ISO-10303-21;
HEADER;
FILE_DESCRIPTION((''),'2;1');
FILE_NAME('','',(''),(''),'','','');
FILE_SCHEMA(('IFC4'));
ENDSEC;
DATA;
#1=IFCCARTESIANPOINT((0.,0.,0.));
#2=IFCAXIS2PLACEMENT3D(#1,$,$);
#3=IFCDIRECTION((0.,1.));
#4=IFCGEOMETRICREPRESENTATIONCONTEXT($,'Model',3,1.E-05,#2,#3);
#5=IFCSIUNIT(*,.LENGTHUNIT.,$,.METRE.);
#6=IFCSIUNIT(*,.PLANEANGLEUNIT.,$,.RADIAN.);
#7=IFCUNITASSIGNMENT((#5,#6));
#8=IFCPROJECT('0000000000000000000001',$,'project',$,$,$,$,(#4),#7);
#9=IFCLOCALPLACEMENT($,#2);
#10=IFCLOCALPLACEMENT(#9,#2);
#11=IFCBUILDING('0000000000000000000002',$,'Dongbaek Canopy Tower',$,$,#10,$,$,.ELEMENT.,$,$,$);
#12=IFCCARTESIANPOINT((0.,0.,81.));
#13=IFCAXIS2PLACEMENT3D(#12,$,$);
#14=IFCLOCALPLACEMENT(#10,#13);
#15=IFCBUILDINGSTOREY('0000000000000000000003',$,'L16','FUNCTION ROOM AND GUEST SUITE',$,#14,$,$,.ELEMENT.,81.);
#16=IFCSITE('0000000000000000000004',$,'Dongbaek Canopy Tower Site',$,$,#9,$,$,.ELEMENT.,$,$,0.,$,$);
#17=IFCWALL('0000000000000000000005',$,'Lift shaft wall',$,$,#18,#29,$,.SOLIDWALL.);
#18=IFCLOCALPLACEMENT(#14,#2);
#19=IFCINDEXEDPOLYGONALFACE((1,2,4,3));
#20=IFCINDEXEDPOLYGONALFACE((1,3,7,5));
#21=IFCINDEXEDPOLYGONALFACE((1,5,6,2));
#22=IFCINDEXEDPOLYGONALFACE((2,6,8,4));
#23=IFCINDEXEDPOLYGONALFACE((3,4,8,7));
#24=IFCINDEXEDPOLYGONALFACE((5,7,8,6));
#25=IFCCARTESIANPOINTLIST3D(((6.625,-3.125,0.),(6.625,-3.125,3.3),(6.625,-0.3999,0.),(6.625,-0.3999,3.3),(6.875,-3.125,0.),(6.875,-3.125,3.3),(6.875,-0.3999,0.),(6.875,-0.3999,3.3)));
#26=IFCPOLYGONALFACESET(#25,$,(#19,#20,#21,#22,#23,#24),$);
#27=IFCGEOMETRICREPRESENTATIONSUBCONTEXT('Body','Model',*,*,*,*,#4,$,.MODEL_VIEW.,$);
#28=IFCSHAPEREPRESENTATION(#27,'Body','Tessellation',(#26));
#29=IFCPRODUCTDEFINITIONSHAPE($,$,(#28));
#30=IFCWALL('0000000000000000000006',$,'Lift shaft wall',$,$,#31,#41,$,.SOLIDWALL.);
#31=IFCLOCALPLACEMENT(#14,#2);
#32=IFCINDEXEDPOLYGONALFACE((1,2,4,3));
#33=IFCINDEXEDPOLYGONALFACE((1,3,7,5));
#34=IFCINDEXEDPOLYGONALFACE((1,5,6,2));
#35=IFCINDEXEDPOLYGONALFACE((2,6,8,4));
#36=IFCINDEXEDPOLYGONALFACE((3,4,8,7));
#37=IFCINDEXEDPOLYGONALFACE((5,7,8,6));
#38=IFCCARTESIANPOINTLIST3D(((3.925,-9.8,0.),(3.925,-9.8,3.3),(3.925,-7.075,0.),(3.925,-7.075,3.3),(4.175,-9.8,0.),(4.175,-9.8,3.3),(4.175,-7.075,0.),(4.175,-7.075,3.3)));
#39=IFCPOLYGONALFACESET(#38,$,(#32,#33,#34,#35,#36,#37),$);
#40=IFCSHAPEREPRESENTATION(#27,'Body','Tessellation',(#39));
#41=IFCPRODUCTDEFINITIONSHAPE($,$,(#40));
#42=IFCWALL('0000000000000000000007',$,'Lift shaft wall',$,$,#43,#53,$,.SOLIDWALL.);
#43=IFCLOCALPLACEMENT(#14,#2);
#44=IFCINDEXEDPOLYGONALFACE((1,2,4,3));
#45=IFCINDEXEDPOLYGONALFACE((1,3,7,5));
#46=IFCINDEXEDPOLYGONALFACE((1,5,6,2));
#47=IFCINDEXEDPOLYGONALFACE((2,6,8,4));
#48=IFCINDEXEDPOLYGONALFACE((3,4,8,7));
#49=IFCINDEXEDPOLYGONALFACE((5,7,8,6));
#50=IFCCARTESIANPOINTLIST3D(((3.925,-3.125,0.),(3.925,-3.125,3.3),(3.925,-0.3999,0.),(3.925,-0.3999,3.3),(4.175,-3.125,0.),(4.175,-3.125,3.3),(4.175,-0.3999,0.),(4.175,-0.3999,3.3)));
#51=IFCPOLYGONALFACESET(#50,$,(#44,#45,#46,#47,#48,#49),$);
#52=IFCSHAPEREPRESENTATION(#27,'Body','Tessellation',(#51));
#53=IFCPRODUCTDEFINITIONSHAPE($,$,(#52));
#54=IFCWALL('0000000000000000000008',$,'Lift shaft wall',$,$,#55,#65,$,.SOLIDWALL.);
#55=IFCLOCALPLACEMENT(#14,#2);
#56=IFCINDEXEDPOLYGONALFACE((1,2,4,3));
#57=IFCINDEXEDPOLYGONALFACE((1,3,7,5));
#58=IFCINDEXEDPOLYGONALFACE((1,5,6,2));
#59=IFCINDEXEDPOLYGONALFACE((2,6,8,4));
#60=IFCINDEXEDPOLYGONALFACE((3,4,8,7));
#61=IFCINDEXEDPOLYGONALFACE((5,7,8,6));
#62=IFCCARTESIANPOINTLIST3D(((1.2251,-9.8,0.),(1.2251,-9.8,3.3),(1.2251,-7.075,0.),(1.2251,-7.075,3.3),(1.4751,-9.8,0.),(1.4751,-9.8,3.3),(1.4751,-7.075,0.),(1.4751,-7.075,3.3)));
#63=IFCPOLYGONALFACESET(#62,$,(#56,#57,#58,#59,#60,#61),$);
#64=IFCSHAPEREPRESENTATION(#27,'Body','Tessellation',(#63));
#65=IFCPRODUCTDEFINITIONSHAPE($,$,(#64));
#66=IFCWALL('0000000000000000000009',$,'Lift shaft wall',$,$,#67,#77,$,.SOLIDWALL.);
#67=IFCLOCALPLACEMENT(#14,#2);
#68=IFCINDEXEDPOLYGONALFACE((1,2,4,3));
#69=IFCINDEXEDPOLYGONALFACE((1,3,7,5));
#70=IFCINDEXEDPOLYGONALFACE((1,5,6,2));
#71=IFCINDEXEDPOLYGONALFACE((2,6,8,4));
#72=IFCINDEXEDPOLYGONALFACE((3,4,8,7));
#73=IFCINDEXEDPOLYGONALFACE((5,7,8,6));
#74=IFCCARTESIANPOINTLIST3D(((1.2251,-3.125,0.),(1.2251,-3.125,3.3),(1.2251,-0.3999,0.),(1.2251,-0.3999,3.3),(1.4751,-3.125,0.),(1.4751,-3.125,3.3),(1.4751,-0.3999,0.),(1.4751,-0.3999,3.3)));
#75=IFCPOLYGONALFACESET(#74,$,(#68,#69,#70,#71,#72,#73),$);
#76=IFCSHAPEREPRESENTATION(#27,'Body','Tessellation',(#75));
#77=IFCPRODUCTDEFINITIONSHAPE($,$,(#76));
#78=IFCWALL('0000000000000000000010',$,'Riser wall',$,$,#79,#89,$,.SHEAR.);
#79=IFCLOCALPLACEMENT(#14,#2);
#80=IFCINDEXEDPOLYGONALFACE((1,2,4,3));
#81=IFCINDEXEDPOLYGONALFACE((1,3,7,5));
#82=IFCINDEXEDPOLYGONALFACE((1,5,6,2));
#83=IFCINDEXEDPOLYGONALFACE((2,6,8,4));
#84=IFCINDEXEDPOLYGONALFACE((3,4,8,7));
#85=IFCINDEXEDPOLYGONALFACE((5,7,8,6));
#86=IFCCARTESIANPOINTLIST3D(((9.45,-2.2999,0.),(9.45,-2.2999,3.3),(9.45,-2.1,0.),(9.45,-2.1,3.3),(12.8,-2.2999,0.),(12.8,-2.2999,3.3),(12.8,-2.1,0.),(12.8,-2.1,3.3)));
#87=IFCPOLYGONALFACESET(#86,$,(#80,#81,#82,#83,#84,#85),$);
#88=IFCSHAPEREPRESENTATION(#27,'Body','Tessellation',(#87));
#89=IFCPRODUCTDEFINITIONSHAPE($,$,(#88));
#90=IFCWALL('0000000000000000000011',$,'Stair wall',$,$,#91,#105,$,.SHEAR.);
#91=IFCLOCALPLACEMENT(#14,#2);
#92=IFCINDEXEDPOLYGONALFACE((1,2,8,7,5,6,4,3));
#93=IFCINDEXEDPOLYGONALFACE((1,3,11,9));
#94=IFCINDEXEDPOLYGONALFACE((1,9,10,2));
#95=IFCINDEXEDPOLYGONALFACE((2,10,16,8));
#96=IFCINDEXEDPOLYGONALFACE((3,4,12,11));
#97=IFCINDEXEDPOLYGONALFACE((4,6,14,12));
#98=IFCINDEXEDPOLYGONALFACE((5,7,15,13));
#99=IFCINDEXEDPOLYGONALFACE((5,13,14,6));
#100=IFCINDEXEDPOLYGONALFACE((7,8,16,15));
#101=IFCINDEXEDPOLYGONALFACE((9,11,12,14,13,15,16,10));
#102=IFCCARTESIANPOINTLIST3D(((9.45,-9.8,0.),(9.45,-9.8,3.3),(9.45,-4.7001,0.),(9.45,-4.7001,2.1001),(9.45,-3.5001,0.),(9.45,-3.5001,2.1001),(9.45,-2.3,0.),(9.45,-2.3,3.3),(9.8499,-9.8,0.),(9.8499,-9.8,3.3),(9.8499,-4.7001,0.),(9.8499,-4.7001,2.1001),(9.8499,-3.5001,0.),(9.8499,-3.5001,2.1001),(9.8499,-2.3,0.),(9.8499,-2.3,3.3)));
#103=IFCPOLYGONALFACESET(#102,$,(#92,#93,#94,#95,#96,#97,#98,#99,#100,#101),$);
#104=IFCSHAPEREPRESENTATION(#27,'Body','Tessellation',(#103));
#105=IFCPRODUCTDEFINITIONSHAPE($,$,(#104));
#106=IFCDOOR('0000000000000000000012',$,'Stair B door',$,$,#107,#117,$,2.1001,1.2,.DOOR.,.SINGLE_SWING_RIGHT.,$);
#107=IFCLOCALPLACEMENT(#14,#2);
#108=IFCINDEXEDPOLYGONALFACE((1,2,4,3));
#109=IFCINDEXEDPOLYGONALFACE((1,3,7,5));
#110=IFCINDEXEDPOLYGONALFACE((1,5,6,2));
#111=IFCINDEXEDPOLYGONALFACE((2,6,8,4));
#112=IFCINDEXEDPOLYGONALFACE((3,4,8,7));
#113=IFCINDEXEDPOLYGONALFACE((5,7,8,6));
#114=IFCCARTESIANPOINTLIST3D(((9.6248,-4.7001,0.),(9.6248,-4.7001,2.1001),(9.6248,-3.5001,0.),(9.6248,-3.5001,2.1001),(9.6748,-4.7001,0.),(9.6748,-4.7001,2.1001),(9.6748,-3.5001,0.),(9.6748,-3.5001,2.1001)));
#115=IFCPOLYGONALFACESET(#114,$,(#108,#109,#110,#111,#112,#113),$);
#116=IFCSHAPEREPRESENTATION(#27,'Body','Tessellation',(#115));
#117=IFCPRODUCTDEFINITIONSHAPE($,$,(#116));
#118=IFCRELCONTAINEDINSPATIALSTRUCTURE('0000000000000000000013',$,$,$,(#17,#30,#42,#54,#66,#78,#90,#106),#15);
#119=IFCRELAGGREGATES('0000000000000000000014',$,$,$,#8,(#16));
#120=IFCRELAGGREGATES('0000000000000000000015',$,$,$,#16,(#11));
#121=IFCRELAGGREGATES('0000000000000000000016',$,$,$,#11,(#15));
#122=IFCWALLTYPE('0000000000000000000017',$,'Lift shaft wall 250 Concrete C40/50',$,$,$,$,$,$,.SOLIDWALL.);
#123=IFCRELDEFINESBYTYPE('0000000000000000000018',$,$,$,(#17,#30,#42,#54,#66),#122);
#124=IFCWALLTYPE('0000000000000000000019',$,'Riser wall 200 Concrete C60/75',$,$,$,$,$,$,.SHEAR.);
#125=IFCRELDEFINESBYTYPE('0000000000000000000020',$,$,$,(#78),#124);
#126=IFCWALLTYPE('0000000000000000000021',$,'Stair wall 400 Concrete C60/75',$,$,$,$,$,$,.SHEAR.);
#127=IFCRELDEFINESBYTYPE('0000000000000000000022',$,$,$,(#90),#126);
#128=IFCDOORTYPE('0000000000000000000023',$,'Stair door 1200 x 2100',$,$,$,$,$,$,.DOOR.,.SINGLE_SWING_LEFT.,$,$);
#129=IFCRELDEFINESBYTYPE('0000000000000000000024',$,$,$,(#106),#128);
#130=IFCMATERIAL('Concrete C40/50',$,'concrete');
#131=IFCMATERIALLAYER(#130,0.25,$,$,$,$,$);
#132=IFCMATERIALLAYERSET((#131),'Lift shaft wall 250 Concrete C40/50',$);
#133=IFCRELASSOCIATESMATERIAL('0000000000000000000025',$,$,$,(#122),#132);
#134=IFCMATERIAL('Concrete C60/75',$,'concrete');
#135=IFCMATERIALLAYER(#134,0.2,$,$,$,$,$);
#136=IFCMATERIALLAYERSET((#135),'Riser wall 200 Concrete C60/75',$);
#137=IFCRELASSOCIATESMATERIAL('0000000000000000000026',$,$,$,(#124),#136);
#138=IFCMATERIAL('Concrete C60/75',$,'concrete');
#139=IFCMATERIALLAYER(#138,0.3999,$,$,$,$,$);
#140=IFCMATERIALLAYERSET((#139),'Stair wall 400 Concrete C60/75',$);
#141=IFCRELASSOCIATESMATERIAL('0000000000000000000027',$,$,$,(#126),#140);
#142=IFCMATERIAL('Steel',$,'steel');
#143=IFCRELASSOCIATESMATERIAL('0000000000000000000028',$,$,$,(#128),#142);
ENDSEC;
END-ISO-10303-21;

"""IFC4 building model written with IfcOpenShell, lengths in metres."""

from ifc_helpers import new_model, si_unit, direction, frame, frame_2d, origin, place, context, subcontext, project, spatial, rectangle, extrude, material, layer, layer_set, type_object, element, fill, save


model = new_model("IFC4")

# Units and contexts
model_context = context("Model", 3, precision=1e-05, world=origin(), true_north=direction((0.0, 1.0)))
body_context = subcontext(model_context, "Body", "Model", "MODEL_VIEW")
ifc_project = project(units=[si_unit("LENGTHUNIT", "METRE"), si_unit("PLANEANGLEUNIT", "RADIAN")], contexts=[model_context])

# Site, building, storey
site_placement = place(None, origin())
site = spatial("IfcSite", under=ifc_project, at=site_placement, Name="Dongbaek Canopy Tower Site", CompositionType="ELEMENT", RefElevation=0.0)
building_placement = place(site_placement, origin())
building = spatial("IfcBuilding", under=site, at=building_placement, Name="Dongbaek Canopy Tower", CompositionType="ELEMENT")
storey_placement = place(building_placement, frame((0.0, 0.0, 81.0)))
storey = spatial("IfcBuildingStorey", under=building, at=storey_placement, Name="L16", Description="FUNCTION ROOM AND GUEST SUITE", CompositionType="ELEMENT", Elevation=81.0)

# Walls
ifc_material_1 = material(Name="Concrete C40/50", Category="concrete")
ifc_layer_1 = layer(ifc_material_1, 0.25)
ifc_layer_set_1 = layer_set([ifc_layer_1], Name="Lift shaft wall 250 Concrete C40/50")
wall_type_1 = type_object("IfcWallType", Name="Lift shaft wall 250 Concrete C40/50", PredefinedType="SOLIDWALL", material=ifc_layer_set_1)
for number, where, z_axis, x_axis, name in (
    (1, (6.75, -3.125, 0.0), (0.0, 0.0, 1.0), (0.0, 1.0, 0.0), "Lift shaft wall"),
    (2, (4.05, -9.8, 0.0), (0.0, 0.0, 1.0), (0.0, 1.0, 0.0), "Lift shaft wall"),
    (3, (4.05, -3.125, 0.0), (0.0, 0.0, 1.0), (0.0, 1.0, 0.0), "Lift shaft wall"),
    (4, (1.3501, -9.8, 0.0), (0.0, 0.0, 1.0), (0.0, 1.0, 0.0), "Lift shaft wall"),
    (5, (1.3501, -3.125, 0.0), (0.0, 0.0, 1.0), (0.0, 1.0, 0.0), "Lift shaft wall"),
):
    element("IfcWall", number, at=place(storey_placement, frame(where, z_axis=z_axis, x_axis=x_axis)), inside=storey, type_object=wall_type_1, Name=name, PredefinedType="SOLIDWALL", context=body_context, shape_type="SweptSolid", body=[
        extrude(rectangle(XDim=2.7251, YDim=0.25, at=frame_2d((1.3625, 0.0))), origin(), (0.0, 0.0, 1.0), 3.3),
    ])
ifc_material_2 = material(Name="Concrete C60/75", Category="concrete")
ifc_layer_2 = layer(ifc_material_2, 0.2)
ifc_layer_set_2 = layer_set([ifc_layer_2], Name="Riser wall 200 Concrete C60/75")
wall_type_2 = type_object("IfcWallType", Name="Riser wall 200 Concrete C60/75", PredefinedType="SHEAR", material=ifc_layer_set_2)
wall_1_placement = place(storey_placement, frame((9.45, -2.2, 0.0), z_axis=(0.0, 0.0, 1.0), x_axis=(1.0, 0.0, 0.0)))
element("IfcWall", 6, at=wall_1_placement, inside=storey, type_object=wall_type_2, Name="Riser wall", PredefinedType="SHEAR", context=body_context, shape_type="SweptSolid", body=[
    extrude(rectangle(XDim=3.3501, YDim=0.2, at=frame_2d((1.675, 0.0))), origin(), (0.0, 0.0, 1.0), 3.3),
])

# Wall, opening, door
ifc_material_3 = material(Name="Concrete C60/75", Category="concrete")
ifc_layer_3 = layer(ifc_material_3, 0.3999)
ifc_layer_set_3 = layer_set([ifc_layer_3], Name="Stair wall 400 Concrete C60/75")
wall_type_3 = type_object("IfcWallType", Name="Stair wall 400 Concrete C60/75", PredefinedType="SHEAR", material=ifc_layer_set_3)
wall_2_placement = place(storey_placement, frame((9.6499, -2.3, 0.0), z_axis=(0.0, 0.0, 1.0), x_axis=(0.0, -1.0, 0.0)))
wall_2 = element("IfcWall", 7, at=wall_2_placement, inside=storey, type_object=wall_type_3, Name="Stair wall", PredefinedType="SHEAR", context=body_context, shape_type="SweptSolid", body=[
    extrude(rectangle(XDim=7.5, YDim=0.3999, at=frame_2d((3.75, 0.0))), origin(), (0.0, 0.0, 1.0), 3.3),
])
opening_1_placement = place(wall_2_placement, frame((1.2, 0.0, 0.0)))
opening_1 = element("IfcOpeningElement", 8, at=opening_1_placement, cuts=wall_2, PredefinedType="OPENING", context=body_context, shape_type="SweptSolid", body=[
    extrude(rectangle(XDim=1.2, YDim=2.1001, at=frame_2d((0.6001, 1.05))), frame((0.0, 0.21, 0.0), z_axis=(0.0, -1.0, 0.0), x_axis=(1.0, 0.0, 0.0)), (0.0, 0.0, 1.0), 0.4199),
])
ifc_material_4 = material(Name="Steel", Category="steel")
door_type_1 = type_object("IfcDoorType", Name="Stair door 1200 x 2100", OperationType="SINGLE_SWING_LEFT", PredefinedType="DOOR", material=ifc_material_4)
door_1_placement = place(opening_1_placement, origin())
door_1 = element("IfcDoor", 9, at=door_1_placement, inside=storey, type_object=door_type_1, Name="Stair B door", OperationType="SINGLE_SWING_RIGHT", OverallHeight=2.1001, OverallWidth=1.2, PredefinedType="DOOR", context=body_context, shape_type="SweptSolid", body=[
    extrude(rectangle(XDim=1.2, YDim=2.1001, at=frame_2d((0.6001, 1.05))), frame((0.0, 0.0249, 0.0), z_axis=(0.0, -1.0, 0.0), x_axis=(1.0, 0.0, 0.0)), (0.0, 0.0, 1.0), 0.05),
])
fill(opening_1, door_1)

save(model, "model.ifc")
